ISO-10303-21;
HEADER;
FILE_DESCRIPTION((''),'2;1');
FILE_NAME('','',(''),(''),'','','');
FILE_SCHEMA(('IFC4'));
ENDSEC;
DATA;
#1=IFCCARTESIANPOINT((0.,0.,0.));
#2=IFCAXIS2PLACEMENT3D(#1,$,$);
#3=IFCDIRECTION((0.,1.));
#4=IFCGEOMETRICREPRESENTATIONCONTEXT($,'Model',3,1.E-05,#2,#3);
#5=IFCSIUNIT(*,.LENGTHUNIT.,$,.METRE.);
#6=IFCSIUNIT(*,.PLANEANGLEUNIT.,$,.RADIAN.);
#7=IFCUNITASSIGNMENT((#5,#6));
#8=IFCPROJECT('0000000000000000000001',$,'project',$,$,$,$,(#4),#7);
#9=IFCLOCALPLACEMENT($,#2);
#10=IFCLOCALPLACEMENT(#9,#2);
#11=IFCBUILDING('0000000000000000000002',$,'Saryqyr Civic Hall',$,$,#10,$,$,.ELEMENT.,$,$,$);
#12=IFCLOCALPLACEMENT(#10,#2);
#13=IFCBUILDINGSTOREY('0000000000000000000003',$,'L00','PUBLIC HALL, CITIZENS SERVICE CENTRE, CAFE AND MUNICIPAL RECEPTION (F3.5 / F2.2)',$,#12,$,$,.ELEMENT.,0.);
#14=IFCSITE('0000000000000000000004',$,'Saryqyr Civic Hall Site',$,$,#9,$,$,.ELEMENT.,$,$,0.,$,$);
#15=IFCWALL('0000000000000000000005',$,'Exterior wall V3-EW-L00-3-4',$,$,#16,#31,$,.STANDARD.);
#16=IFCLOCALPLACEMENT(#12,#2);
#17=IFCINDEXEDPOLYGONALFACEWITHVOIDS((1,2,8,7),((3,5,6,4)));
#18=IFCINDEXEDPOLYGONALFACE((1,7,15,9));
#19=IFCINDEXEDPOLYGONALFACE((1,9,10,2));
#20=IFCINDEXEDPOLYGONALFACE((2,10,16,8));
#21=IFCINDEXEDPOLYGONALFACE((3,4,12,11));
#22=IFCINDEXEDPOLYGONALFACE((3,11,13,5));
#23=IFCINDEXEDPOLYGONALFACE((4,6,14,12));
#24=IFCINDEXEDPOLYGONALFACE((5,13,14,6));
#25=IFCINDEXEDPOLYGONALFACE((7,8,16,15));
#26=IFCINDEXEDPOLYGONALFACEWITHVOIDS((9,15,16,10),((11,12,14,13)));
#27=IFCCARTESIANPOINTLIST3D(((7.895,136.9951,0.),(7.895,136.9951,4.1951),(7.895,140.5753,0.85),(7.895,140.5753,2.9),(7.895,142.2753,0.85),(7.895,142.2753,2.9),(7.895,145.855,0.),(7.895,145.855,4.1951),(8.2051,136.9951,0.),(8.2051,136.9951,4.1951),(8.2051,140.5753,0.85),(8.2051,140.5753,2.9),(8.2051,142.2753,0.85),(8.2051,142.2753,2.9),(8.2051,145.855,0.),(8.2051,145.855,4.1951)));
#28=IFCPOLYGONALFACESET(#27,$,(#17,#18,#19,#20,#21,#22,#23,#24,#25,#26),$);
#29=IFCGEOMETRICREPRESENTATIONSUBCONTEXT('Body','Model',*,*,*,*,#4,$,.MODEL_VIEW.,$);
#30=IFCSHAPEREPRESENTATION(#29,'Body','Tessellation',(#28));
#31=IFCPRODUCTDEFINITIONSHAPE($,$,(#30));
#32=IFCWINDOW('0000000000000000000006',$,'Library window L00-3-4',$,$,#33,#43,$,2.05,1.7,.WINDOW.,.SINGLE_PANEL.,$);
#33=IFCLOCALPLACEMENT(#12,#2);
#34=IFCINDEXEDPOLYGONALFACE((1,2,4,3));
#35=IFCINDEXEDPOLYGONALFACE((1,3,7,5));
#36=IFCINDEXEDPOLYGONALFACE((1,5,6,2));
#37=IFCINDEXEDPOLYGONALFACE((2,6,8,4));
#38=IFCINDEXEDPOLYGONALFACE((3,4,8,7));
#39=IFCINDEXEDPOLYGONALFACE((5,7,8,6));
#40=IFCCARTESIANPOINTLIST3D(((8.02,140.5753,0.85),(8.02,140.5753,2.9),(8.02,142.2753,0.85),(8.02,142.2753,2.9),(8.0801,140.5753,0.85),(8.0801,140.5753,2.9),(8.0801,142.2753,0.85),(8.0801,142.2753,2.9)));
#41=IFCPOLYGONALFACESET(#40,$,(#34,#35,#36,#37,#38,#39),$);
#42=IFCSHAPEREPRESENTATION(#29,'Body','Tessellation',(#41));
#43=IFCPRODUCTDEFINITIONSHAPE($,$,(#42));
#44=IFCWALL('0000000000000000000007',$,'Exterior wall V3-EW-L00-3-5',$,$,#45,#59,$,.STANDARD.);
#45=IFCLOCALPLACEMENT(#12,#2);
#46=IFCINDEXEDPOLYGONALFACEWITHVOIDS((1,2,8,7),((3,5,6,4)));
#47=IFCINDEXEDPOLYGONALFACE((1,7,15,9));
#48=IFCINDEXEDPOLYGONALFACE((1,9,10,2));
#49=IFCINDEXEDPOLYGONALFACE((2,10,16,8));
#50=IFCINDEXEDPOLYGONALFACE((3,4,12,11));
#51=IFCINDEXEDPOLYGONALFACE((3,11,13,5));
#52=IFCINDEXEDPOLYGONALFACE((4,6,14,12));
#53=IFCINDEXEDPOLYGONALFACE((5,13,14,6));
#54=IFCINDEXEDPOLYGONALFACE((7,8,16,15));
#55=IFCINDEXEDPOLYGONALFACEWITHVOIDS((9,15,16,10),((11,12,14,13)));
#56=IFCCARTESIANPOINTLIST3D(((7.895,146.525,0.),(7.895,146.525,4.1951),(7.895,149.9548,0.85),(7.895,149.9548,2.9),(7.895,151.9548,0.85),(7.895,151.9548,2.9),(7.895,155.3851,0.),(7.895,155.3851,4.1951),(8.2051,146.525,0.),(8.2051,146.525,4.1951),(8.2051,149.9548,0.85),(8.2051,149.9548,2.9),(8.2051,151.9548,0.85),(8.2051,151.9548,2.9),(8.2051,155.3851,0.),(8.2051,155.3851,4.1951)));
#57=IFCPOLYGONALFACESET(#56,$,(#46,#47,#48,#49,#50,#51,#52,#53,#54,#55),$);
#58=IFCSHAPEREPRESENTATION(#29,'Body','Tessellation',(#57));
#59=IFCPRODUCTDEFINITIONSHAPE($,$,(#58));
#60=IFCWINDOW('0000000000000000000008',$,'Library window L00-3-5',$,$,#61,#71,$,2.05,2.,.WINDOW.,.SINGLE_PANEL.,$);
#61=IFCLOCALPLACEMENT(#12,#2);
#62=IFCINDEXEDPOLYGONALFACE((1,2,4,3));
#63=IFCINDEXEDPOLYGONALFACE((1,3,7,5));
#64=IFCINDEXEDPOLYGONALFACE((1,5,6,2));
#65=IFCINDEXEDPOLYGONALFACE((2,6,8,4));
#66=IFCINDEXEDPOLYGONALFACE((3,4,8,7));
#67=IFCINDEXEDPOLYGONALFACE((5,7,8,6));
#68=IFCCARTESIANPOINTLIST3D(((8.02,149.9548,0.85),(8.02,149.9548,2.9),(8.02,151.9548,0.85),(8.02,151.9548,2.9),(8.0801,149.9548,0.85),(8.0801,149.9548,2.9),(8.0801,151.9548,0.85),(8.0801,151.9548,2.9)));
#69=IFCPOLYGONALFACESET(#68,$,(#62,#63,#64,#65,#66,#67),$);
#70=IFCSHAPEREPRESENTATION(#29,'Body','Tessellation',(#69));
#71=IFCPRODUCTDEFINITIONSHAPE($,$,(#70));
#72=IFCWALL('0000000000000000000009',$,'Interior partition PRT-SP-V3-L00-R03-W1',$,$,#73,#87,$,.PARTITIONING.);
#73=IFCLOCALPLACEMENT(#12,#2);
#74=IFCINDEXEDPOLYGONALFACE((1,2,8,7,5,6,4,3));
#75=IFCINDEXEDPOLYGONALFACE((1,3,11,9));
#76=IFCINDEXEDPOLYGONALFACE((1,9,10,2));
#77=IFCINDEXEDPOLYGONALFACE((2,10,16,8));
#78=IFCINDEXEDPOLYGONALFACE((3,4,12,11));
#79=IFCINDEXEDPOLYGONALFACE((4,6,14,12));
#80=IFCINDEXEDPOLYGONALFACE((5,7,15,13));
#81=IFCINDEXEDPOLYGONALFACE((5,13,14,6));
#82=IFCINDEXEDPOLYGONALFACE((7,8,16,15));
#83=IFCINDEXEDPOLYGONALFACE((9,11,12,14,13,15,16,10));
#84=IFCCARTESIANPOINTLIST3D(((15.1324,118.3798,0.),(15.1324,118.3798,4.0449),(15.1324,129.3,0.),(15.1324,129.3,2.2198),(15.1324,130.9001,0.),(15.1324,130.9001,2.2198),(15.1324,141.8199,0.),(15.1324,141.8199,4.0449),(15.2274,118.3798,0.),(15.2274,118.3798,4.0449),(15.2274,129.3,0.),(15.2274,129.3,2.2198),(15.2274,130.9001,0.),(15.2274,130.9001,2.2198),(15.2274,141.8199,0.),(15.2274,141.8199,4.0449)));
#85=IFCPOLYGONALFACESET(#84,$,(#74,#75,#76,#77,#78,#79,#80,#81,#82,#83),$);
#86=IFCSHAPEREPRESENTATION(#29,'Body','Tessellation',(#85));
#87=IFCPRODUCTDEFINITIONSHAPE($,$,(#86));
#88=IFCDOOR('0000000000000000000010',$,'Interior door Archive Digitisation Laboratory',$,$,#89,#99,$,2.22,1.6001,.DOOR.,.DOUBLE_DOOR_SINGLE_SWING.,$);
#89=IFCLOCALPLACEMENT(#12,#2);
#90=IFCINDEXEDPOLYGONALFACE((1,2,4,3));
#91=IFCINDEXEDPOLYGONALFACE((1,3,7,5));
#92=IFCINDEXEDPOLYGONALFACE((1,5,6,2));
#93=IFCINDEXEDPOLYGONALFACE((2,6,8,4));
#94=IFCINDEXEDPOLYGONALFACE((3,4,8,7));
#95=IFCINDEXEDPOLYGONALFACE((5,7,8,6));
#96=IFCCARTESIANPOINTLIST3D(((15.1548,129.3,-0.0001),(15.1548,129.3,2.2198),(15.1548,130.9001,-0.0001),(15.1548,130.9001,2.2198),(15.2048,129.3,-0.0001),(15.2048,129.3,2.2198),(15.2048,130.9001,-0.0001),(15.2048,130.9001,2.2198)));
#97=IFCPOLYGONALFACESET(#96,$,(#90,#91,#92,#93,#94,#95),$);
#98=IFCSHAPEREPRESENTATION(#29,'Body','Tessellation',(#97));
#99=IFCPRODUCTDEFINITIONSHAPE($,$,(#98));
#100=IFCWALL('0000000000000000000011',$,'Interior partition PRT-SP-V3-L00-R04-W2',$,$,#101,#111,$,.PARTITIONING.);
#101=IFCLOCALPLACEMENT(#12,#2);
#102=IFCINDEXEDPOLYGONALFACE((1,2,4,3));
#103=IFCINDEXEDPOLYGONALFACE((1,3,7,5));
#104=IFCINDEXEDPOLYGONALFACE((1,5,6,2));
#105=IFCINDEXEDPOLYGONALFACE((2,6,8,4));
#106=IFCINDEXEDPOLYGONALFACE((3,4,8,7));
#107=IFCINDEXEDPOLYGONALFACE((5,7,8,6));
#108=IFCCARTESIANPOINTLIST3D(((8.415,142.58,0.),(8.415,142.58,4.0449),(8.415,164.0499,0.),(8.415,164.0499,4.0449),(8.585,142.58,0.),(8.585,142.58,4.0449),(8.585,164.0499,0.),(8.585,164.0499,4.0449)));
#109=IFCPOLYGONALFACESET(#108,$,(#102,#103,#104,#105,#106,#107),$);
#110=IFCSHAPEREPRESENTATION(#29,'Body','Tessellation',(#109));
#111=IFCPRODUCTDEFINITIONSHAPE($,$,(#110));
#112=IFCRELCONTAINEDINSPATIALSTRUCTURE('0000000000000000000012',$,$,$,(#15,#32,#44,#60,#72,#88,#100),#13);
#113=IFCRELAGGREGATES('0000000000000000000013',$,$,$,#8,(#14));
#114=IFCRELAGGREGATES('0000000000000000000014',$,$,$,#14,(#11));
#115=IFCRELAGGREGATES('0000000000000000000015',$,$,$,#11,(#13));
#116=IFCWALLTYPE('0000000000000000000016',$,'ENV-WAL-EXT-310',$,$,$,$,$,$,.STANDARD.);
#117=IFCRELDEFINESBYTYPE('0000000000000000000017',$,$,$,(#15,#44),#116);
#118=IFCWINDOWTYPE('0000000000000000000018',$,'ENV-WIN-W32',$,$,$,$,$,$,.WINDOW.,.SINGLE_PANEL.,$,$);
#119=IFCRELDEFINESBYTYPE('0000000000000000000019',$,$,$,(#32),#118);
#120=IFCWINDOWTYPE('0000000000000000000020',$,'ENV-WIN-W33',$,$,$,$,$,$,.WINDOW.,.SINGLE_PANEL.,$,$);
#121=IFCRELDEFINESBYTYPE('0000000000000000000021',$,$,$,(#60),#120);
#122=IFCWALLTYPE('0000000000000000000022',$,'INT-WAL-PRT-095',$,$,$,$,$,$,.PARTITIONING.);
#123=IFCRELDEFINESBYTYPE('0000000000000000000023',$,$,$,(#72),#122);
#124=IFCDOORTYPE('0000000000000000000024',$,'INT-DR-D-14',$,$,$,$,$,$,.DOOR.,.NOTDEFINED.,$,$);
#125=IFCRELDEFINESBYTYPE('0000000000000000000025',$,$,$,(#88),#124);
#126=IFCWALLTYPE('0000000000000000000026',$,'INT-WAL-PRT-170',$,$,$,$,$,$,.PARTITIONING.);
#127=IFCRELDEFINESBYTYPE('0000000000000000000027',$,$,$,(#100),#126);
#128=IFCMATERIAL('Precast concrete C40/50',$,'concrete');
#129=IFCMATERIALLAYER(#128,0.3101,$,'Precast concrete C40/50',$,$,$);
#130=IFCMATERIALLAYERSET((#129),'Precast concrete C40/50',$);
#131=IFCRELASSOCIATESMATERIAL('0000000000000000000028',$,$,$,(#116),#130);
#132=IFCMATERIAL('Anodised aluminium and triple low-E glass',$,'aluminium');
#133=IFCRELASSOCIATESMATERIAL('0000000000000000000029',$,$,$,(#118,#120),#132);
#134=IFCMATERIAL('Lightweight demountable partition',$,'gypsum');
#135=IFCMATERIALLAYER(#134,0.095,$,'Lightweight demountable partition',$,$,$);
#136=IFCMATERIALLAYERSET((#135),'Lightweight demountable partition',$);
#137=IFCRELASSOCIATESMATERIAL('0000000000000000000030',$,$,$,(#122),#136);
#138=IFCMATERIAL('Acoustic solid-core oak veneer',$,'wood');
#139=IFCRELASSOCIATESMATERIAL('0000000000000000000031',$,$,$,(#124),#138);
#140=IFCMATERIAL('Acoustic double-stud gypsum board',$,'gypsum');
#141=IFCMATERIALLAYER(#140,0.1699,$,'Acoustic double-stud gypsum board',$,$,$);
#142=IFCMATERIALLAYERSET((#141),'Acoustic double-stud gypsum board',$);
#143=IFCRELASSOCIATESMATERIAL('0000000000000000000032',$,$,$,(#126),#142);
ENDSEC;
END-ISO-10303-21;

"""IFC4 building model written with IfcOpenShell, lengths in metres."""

from ifc_helpers import new_model, si_unit, direction, frame, frame_2d, origin, place, context, subcontext, project, spatial, rectangle, extrude, material, layer, layer_set, type_object, element, fill, save


model = new_model("IFC4")

# Units and contexts
model_context = context("Model", 3, precision=1e-05, world=origin(), true_north=direction((0.0, 1.0)))
body_context = subcontext(model_context, "Body", "Model", "MODEL_VIEW")
ifc_project = project(units=[si_unit("LENGTHUNIT", "METRE"), si_unit("PLANEANGLEUNIT", "RADIAN")], contexts=[model_context])

# Site, building, storey
site_placement = place(None, origin())
site = spatial("IfcSite", under=ifc_project, at=site_placement, Name="Saryqyr Civic Hall Site", CompositionType="ELEMENT", RefElevation=0.0)
building_placement = place(site_placement, origin())
building = spatial("IfcBuilding", under=site, at=building_placement, Name="Saryqyr Civic Hall", CompositionType="ELEMENT")
storey_placement = place(building_placement, origin())
storey = spatial("IfcBuildingStorey", under=building, at=storey_placement, Name="L00", Description="PUBLIC HALL, CITIZENS SERVICE CENTRE, CAFE AND MUNICIPAL RECEPTION (F3.5 / F2.2)", CompositionType="ELEMENT", Elevation=0.0)

# Walls, openings, windows
ifc_material_1 = material(Name="Precast concrete C40/50", Category="concrete")
ifc_layer_1 = layer(ifc_material_1, 0.3101, Name="Precast concrete C40/50")
ifc_layer_set_1 = layer_set([ifc_layer_1], Name="Precast concrete C40/50")
wall_type_1 = type_object("IfcWallType", Name="ENV-WAL-EXT-310", PredefinedType="STANDARD", material=ifc_layer_set_1)
wall_1_placement = place(storey_placement, frame((8.05, 136.9951, 0.0), z_axis=(0.0, 0.0, 1.0), x_axis=(0.0, 1.0, 0.0)))
wall_1 = element("IfcWall", 1, at=wall_1_placement, inside=storey, type_object=wall_type_1, Name="Exterior wall V3-EW-L00-3-4", PredefinedType="STANDARD", context=body_context, shape_type="SweptSolid", body=[
    extrude(rectangle(XDim=8.8599, YDim=0.3101, at=frame_2d((4.4299, 0.0))), origin(), (0.0, 0.0, 1.0), 4.1951),
])
opening_1_placement = place(wall_1_placement, frame((3.5801, 0.0, 0.8501)))
opening_1 = element("IfcOpeningElement", 2, at=opening_1_placement, cuts=wall_1, PredefinedType="OPENING", context=body_context, shape_type="SweptSolid", body=[
    extrude(rectangle(XDim=1.7, YDim=2.05, at=frame_2d((0.8501, 1.0249))), frame((0.0, 0.165, 0.0), z_axis=(0.0, -1.0, 0.0), x_axis=(1.0, 0.0, 0.0)), (0.0, 0.0, 1.0), 0.3301),
])
ifc_material_2 = material(Name="Anodised aluminium and triple low-E glass", Category="aluminium")
window_type_1 = type_object("IfcWindowType", Name="ENV-WIN-W32", PartitioningType="SINGLE_PANEL", PredefinedType="WINDOW", material=ifc_material_2)
window_1_placement = place(opening_1_placement, origin())
window_1 = element("IfcWindow", 3, at=window_1_placement, inside=storey, type_object=window_type_1, Name="Library window L00-3-4", OverallHeight=2.05, OverallWidth=1.7, PartitioningType="SINGLE_PANEL", PredefinedType="WINDOW", context=body_context, shape_type="SweptSolid", body=[
    extrude(rectangle(XDim=1.7, YDim=2.05, at=frame_2d((0.8501, 1.0249))), frame((0.0, 0.03, 0.0), z_axis=(0.0, -1.0, 0.0), x_axis=(1.0, 0.0, 0.0)), (0.0, 0.0, 1.0), 0.0601),
])
fill(opening_1, window_1)
wall_2_placement = place(storey_placement, frame((8.05, 146.5249, 0.0), z_axis=(0.0, 0.0, 1.0), x_axis=(0.0, 1.0, 0.0)))
wall_2 = element("IfcWall", 4, at=wall_2_placement, inside=storey, type_object=wall_type_1, Name="Exterior wall V3-EW-L00-3-5", PredefinedType="STANDARD", context=body_context, shape_type="SweptSolid", body=[
    extrude(rectangle(XDim=8.8601, YDim=0.3101, at=frame_2d((4.4302, 0.0))), origin(), (0.0, 0.0, 1.0), 4.1951),
])
opening_2_placement = place(wall_2_placement, frame((3.4299, 0.0, 0.8501)))
opening_2 = element("IfcOpeningElement", 5, at=opening_2_placement, cuts=wall_2, PredefinedType="OPENING", context=body_context, shape_type="SweptSolid", body=[
    extrude(rectangle(XDim=2.0, YDim=2.05, at=frame_2d((1.0, 1.0249))), frame((0.0, 0.165, 0.0), z_axis=(0.0, -1.0, 0.0), x_axis=(1.0, 0.0, 0.0)), (0.0, 0.0, 1.0), 0.3301),
])
window_type_2 = type_object("IfcWindowType", Name="ENV-WIN-W33", PartitioningType="SINGLE_PANEL", PredefinedType="WINDOW", material=ifc_material_2)
window_2_placement = place(opening_2_placement, origin())
window_2 = element("IfcWindow", 6, at=window_2_placement, inside=storey, type_object=window_type_2, Name="Library window L00-3-5", OverallHeight=2.05, OverallWidth=2.0, PartitioningType="SINGLE_PANEL", PredefinedType="WINDOW", context=body_context, shape_type="SweptSolid", body=[
    extrude(rectangle(XDim=2.0, YDim=2.05, at=frame_2d((1.0, 1.0249))), frame((0.0, 0.03, 0.0), z_axis=(0.0, -1.0, 0.0), x_axis=(1.0, 0.0, 0.0)), (0.0, 0.0, 1.0), 0.0601),
])
fill(opening_2, window_2)

# Wall, opening, door
ifc_material_3 = material(Name="Lightweight demountable partition", Category="gypsum")
ifc_layer_2 = layer(ifc_material_3, 0.095, Name="Lightweight demountable partition")
ifc_layer_set_2 = layer_set([ifc_layer_2], Name="Lightweight demountable partition")
wall_type_2 = type_object("IfcWallType", Name="INT-WAL-PRT-095", PredefinedType="PARTITIONING", material=ifc_layer_set_2)
wall_3_placement = place(storey_placement, frame((15.1799, 141.8201, 0.0), z_axis=(0.0, 0.0, 1.0), x_axis=(0.0, -1.0, 0.0)))
wall_3 = element("IfcWall", 7, at=wall_3_placement, inside=storey, type_object=wall_type_2, Name="Interior partition PRT-SP-V3-L00-R03-W1", PredefinedType="PARTITIONING", context=body_context, shape_type="SweptSolid", body=[
    extrude(rectangle(XDim=23.4402, YDim=0.095, at=frame_2d((11.7202, 0.0))), origin(), (0.0, 0.0, 1.0), 4.0449),
])
opening_3_placement = place(wall_3_placement, frame((10.9199, 0.0, 0.0)))
opening_3 = element("IfcOpeningElement", 8, at=opening_3_placement, cuts=wall_3, PredefinedType="OPENING", context=body_context, shape_type="SweptSolid", body=[
    extrude(rectangle(XDim=1.6001, YDim=2.22, at=frame_2d((0.8, 1.1099))), frame((0.0, 0.0574, 0.0), z_axis=(0.0, -1.0, 0.0), x_axis=(1.0, 0.0, 0.0)), (0.0, 0.0, 1.0), 0.115),
])
ifc_material_4 = material(Name="Acoustic solid-core oak veneer", Category="wood")
door_type = type_object("IfcDoorType", Name="INT-DR-D-14", OperationType="NOTDEFINED", PredefinedType="DOOR", material=ifc_material_4)
door_placement = place(opening_3_placement, origin())
door = element("IfcDoor", 9, at=door_placement, inside=storey, type_object=door_type, Name="Interior door Archive Digitisation Laboratory", OperationType="DOUBLE_DOOR_SINGLE_SWING", OverallHeight=2.22, OverallWidth=1.6001, PredefinedType="DOOR", context=body_context, shape_type="SweptSolid", body=[
    extrude(rectangle(XDim=1.6001, YDim=2.22, at=frame_2d((0.8, 1.1099))), frame((0.0, 0.0249, 0.0), z_axis=(0.0, -1.0, 0.0), x_axis=(1.0, 0.0, 0.0)), (0.0, 0.0, 1.0), 0.05),
])
fill(opening_3, door)

# Wall
ifc_material_5 = material(Name="Acoustic double-stud gypsum board", Category="gypsum")
ifc_layer_3 = layer(ifc_material_5, 0.1699, Name="Acoustic double-stud gypsum board")
ifc_layer_set_3 = layer_set([ifc_layer_3], Name="Acoustic double-stud gypsum board")
wall_type_3 = type_object("IfcWallType", Name="INT-WAL-PRT-170", PredefinedType="PARTITIONING", material=ifc_layer_set_3)
wall_4_placement = place(storey_placement, frame((8.5, 142.5801, 0.0), z_axis=(0.0, 0.0, 1.0), x_axis=(0.0, 1.0, 0.0)))
element("IfcWall", 10, at=wall_4_placement, inside=storey, type_object=wall_type_3, Name="Interior partition PRT-SP-V3-L00-R04-W2", PredefinedType="PARTITIONING", context=body_context, shape_type="SweptSolid", body=[
    extrude(rectangle(XDim=21.47, YDim=0.1699, at=frame_2d((10.7349, 0.0))), origin(), (0.0, 0.0, 1.0), 4.0449),
])

save(model, "model.ifc")
